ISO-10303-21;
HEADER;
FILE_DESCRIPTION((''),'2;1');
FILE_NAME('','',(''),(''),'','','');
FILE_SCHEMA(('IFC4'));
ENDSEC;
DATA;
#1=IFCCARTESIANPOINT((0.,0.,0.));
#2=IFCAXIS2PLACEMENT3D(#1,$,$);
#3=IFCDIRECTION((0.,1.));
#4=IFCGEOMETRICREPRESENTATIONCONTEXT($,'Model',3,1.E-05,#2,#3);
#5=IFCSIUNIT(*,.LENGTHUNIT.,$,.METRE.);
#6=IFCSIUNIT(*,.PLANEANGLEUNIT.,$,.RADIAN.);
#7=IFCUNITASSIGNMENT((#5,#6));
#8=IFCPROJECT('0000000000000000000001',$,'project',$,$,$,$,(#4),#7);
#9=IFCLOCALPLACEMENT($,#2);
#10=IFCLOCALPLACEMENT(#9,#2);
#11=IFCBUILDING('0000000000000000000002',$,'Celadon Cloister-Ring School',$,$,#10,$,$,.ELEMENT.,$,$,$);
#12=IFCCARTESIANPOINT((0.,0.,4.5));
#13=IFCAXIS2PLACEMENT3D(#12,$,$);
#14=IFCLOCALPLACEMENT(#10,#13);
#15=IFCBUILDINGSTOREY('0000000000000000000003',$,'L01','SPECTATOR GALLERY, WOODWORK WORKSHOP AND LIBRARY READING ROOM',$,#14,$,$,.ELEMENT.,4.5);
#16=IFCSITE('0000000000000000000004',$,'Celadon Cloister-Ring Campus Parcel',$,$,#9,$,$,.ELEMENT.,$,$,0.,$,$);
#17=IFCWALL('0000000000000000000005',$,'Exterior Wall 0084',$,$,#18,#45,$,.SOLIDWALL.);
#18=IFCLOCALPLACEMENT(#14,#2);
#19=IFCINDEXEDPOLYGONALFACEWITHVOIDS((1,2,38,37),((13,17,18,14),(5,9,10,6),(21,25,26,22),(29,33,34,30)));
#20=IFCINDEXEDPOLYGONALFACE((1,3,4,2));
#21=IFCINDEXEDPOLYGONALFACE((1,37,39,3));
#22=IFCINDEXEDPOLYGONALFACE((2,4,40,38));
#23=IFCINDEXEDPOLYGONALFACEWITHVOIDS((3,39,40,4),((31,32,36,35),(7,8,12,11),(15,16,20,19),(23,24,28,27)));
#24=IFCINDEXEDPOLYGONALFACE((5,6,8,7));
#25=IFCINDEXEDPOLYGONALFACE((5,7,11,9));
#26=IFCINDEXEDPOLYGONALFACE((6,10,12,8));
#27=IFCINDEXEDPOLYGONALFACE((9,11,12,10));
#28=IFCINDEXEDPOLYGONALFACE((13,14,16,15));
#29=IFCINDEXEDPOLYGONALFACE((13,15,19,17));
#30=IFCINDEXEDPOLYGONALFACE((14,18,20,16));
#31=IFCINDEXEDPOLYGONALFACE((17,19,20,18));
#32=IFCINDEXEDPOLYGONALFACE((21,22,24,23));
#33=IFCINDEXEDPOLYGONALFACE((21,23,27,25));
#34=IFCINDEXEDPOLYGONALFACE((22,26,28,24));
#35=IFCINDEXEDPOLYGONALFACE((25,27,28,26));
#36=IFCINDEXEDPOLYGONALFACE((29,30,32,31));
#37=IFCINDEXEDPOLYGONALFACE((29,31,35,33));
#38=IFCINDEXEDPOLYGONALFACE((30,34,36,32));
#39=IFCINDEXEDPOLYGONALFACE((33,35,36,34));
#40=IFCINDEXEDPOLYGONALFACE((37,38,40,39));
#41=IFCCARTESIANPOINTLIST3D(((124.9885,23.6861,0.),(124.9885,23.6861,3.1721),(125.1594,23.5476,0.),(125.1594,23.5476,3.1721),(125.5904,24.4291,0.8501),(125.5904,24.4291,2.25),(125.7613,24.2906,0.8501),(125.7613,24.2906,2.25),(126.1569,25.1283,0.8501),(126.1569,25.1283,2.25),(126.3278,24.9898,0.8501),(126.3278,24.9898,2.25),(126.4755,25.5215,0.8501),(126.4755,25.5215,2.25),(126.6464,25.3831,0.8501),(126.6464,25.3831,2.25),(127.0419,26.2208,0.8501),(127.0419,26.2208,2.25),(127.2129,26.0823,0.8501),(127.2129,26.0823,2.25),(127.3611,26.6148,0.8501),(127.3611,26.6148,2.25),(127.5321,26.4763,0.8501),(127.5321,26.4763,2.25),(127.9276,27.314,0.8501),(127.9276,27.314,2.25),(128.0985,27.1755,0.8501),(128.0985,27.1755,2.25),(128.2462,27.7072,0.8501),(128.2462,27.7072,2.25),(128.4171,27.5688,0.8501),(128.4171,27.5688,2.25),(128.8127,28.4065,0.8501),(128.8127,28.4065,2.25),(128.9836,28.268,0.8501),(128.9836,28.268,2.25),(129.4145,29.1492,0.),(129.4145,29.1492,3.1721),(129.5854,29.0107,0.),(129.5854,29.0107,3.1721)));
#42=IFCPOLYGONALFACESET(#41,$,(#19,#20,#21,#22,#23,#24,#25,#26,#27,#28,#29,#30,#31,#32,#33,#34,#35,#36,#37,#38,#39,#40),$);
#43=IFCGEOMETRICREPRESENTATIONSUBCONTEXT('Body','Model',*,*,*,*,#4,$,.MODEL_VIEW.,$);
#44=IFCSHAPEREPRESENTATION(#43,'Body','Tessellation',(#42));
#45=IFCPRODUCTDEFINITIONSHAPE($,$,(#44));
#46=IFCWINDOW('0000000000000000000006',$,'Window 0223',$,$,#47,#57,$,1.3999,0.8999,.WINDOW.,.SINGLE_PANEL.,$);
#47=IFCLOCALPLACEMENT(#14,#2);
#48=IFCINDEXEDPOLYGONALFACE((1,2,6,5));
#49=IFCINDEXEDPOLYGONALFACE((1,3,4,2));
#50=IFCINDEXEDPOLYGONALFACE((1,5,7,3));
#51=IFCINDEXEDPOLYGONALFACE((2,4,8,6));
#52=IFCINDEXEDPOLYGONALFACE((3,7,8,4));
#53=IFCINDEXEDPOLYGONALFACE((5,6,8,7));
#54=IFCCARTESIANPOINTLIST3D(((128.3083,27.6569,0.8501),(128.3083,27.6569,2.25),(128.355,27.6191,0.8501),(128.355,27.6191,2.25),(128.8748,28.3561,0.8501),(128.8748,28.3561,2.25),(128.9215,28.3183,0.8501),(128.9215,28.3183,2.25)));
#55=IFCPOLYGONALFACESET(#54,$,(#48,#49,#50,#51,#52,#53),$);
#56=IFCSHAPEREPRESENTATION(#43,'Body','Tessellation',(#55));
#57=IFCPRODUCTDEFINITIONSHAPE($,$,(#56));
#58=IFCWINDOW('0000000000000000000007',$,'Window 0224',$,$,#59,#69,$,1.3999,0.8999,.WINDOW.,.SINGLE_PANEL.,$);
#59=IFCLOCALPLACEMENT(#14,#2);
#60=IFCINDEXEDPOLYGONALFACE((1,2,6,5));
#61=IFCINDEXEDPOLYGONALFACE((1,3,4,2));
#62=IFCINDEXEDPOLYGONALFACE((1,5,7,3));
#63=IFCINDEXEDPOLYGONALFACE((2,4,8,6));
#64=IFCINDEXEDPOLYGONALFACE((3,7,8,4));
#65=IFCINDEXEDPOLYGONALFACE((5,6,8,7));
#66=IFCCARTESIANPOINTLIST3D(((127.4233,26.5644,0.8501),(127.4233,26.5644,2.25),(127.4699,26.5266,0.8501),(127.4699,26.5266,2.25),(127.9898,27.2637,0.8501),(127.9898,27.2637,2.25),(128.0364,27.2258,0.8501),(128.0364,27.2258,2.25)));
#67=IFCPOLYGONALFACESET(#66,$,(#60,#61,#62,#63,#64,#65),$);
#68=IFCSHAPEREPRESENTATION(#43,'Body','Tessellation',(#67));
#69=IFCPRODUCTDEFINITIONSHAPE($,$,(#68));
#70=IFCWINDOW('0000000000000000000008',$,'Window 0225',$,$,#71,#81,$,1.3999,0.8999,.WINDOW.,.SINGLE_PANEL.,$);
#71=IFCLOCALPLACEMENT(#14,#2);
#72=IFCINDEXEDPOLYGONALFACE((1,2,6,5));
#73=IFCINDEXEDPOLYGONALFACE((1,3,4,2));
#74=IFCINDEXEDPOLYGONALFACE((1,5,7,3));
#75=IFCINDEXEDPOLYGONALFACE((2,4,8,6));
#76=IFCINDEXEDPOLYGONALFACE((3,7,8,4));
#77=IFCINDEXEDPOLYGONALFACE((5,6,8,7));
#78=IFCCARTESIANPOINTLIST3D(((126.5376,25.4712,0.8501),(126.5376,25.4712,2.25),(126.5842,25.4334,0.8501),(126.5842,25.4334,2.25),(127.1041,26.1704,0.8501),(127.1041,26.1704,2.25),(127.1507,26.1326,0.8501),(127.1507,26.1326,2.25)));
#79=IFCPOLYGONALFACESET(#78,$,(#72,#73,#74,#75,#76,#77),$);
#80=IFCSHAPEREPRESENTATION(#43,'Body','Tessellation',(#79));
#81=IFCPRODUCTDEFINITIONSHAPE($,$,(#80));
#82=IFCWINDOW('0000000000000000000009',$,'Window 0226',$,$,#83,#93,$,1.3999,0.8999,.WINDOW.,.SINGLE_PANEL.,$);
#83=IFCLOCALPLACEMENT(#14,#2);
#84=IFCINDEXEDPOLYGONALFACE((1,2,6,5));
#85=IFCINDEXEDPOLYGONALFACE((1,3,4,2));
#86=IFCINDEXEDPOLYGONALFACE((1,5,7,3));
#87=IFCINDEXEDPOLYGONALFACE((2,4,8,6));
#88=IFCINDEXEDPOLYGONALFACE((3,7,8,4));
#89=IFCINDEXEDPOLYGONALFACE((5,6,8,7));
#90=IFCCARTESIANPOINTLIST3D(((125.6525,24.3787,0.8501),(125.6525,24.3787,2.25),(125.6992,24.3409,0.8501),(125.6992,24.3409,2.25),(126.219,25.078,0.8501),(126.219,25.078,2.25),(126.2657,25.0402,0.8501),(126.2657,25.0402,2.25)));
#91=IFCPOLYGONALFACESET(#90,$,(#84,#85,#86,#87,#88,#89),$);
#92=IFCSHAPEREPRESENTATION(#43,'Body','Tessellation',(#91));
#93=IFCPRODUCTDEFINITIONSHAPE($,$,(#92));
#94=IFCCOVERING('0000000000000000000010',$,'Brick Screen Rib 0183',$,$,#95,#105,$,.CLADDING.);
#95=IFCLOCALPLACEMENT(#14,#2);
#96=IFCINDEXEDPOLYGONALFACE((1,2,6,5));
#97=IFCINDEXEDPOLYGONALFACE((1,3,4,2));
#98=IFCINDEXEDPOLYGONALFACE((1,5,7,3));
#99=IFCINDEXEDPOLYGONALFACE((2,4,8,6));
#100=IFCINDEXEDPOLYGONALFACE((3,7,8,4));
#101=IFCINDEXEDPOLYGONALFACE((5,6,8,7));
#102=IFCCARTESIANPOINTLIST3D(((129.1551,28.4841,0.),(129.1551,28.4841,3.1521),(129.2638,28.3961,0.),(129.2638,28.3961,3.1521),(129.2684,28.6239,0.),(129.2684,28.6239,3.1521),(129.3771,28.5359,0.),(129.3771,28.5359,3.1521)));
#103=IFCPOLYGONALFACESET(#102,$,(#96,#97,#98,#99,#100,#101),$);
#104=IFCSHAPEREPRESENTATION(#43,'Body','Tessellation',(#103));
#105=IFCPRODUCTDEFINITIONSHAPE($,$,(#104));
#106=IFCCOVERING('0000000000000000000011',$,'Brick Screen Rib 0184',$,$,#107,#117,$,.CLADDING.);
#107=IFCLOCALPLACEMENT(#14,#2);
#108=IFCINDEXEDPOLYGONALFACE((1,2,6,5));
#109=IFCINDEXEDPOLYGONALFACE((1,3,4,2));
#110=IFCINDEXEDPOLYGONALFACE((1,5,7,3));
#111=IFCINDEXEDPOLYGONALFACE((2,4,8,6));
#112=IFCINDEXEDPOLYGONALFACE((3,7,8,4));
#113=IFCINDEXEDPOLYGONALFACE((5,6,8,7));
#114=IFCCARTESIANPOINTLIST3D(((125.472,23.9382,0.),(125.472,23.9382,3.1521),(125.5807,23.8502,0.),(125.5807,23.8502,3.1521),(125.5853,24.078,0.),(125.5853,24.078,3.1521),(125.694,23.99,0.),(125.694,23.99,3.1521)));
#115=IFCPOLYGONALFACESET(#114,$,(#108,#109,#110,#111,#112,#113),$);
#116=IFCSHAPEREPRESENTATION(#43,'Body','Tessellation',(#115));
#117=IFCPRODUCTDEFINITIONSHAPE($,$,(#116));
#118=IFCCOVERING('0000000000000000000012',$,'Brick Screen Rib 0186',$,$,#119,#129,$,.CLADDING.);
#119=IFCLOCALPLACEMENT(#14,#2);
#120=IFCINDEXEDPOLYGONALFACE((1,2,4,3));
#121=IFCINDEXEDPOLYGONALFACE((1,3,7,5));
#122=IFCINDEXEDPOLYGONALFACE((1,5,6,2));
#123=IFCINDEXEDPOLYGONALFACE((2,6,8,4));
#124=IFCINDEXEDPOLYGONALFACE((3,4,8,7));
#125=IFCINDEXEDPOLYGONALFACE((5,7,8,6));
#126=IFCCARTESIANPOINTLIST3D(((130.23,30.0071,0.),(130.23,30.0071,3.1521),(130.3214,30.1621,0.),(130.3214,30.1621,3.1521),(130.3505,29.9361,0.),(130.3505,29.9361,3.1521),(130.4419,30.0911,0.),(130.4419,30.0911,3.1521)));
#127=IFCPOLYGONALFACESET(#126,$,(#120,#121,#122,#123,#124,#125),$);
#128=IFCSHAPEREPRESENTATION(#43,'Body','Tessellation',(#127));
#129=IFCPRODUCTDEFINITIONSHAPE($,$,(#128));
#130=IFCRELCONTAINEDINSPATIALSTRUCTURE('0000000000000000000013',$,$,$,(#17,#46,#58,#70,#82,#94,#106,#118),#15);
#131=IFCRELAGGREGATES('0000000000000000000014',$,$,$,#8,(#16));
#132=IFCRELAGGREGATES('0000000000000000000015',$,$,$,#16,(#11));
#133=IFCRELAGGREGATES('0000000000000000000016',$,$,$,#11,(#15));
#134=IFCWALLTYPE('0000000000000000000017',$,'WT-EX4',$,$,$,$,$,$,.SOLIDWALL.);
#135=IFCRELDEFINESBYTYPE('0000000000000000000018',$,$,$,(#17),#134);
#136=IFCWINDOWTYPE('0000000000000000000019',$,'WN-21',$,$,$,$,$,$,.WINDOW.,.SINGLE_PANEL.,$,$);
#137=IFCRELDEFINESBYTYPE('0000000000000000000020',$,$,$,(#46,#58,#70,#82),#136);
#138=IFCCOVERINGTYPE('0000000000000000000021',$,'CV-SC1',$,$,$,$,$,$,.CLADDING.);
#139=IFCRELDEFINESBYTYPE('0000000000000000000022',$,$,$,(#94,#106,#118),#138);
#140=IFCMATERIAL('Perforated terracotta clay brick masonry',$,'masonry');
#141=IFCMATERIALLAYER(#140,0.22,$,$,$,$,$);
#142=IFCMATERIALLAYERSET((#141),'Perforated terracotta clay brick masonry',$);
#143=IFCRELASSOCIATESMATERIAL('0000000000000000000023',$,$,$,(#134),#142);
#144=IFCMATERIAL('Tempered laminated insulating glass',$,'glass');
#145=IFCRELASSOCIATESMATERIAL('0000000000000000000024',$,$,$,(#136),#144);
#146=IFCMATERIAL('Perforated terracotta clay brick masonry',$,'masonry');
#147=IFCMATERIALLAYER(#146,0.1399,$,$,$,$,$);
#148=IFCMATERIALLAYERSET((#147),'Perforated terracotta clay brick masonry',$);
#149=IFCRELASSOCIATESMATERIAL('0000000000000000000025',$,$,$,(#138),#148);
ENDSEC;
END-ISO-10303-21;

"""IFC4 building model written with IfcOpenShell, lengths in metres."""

from ifc_helpers import new_model, si_unit, direction, frame, frame_2d, origin, origin_2d, place, context, subcontext, project, spatial, rectangle, extrude, material, layer, layer_set, type_object, element, fill, save


model = new_model("IFC4")

# Units and contexts
model_context = context("Model", 3, precision=1e-05, world=origin(), true_north=direction((0.0, 1.0)))
body_context = subcontext(model_context, "Body", "Model", "MODEL_VIEW")
ifc_project = project(units=[si_unit("LENGTHUNIT", "METRE"), si_unit("PLANEANGLEUNIT", "RADIAN")], contexts=[model_context])

# Site, building, storey
site_placement = place(None, origin())
site = spatial("IfcSite", under=ifc_project, at=site_placement, Name="Celadon Cloister-Ring Campus Parcel", CompositionType="ELEMENT", RefElevation=0.0)
building_placement = place(site_placement, origin())
building = spatial("IfcBuilding", under=site, at=building_placement, Name="Celadon Cloister-Ring School", CompositionType="ELEMENT")
storey_placement = place(building_placement, frame((0.0, 0.0, 4.5)))
storey = spatial("IfcBuildingStorey", under=building, at=storey_placement, Name="L01", Description="SPECTATOR GALLERY, WOODWORK WORKSHOP AND LIBRARY READING ROOM", CompositionType="ELEMENT", Elevation=4.5)

# Wall, openings, windows
ifc_material_1 = material(Name="Perforated terracotta clay brick masonry", Category="masonry")
ifc_layer_1 = layer(ifc_material_1, 0.22)
ifc_layer_set_1 = layer_set([ifc_layer_1], Name="Perforated terracotta clay brick masonry")
wall_type = type_object("IfcWallType", Name="WT-EX4", PredefinedType="SOLIDWALL", material=ifc_layer_set_1)
wall_placement = place(storey_placement, frame((129.5, 29.0801, 0.0), z_axis=(0.0, 0.0, 1.0), x_axis=(-0.629498, -0.777002, 0.0)))
wall = element("IfcWall", 1, at=wall_placement, inside=storey, type_object=wall_type, Name="Exterior Wall 0084", PredefinedType="SOLIDWALL", context=body_context, shape_type="SweptSolid", body=[
    extrude(rectangle(XDim=7.031, YDim=0.22, at=frame_2d((3.5156, 0.0))), origin(), (0.0, 0.0, 1.0), 3.1721),
])
opening_1_placement = place(wall_placement, frame((0.9561, 0.0, 0.8501)))
opening_1 = element("IfcOpeningElement", 2, at=opening_1_placement, cuts=wall, PredefinedType="OPENING", context=body_context, shape_type="SweptSolid", body=[
    extrude(rectangle(XDim=0.8999, YDim=1.3999, at=frame_2d((0.45, 0.7))), frame((0.0, 0.1201, 0.0), z_axis=(0.0, -1.0, 0.0), x_axis=(1.0, 0.0, 0.0)), (0.0, 0.0, 1.0), 0.24),
])
opening_2_placement = place(wall_placement, frame((2.3621, 0.0, 0.8501)))
opening_2 = element("IfcOpeningElement", 3, at=opening_2_placement, cuts=wall, PredefinedType="OPENING", context=body_context, shape_type="SweptSolid", body=[
    extrude(rectangle(XDim=0.8999, YDim=1.3999, at=frame_2d((0.45, 0.7))), frame((0.0, 0.1201, 0.0), z_axis=(0.0, -1.0, 0.0), x_axis=(1.0, 0.0, 0.0)), (0.0, 0.0, 1.0), 0.24),
])
opening_3_placement = place(wall_placement, frame((3.769, 0.0, 0.8501)))
opening_3 = element("IfcOpeningElement", 4, at=opening_3_placement, cuts=wall, PredefinedType="OPENING", context=body_context, shape_type="SweptSolid", body=[
    extrude(rectangle(XDim=0.8999, YDim=1.3999, at=frame_2d((0.45, 0.7))), frame((0.0, 0.1201, 0.0), z_axis=(0.0, -1.0, 0.0), x_axis=(1.0, 0.0, 0.0)), (0.0, 0.0, 1.0), 0.24),
])
opening_4_placement = place(wall_placement, frame((5.175, 0.0, 0.8501)))
opening_4 = element("IfcOpeningElement", 5, at=opening_4_placement, cuts=wall, PredefinedType="OPENING", context=body_context, shape_type="SweptSolid", body=[
    extrude(rectangle(XDim=0.8999, YDim=1.3999, at=frame_2d((0.45, 0.7))), frame((0.0, 0.1201, 0.0), z_axis=(0.0, -1.0, 0.0), x_axis=(1.0, 0.0, 0.0)), (0.0, 0.0, 1.0), 0.24),
])
ifc_material_2 = material(Name="Tempered laminated insulating glass", Category="glass")
window_type = type_object("IfcWindowType", Name="WN-21", PartitioningType="SINGLE_PANEL", PredefinedType="WINDOW", material=ifc_material_2)
window_1_placement = place(opening_1_placement, origin())
window_1 = element("IfcWindow", 6, at=window_1_placement, inside=storey, type_object=window_type, Name="Window 0223", OverallHeight=1.3999, OverallWidth=0.8999, PartitioningType="SINGLE_PANEL", PredefinedType="WINDOW", context=body_context, shape_type="SweptSolid", body=[
    extrude(rectangle(XDim=0.8999, YDim=1.3999, at=frame_2d((0.45, 0.7))), frame((0.0, 0.03, 0.0), z_axis=(0.0, -1.0, 0.0), x_axis=(1.0, 0.0, 0.0)), (0.0, 0.0, 1.0), 0.0601),
])
fill(opening_1, window_1)
window_2_placement = place(opening_2_placement, origin())
window_2 = element("IfcWindow", 7, at=window_2_placement, inside=storey, type_object=window_type, Name="Window 0224", OverallHeight=1.3999, OverallWidth=0.8999, PartitioningType="SINGLE_PANEL", PredefinedType="WINDOW", context=body_context, shape_type="SweptSolid", body=[
    extrude(rectangle(XDim=0.8999, YDim=1.3999, at=frame_2d((0.45, 0.7))), frame((0.0, 0.03, 0.0), z_axis=(0.0, -1.0, 0.0), x_axis=(1.0, 0.0, 0.0)), (0.0, 0.0, 1.0), 0.0601),
])
fill(opening_2, window_2)
window_3_placement = place(opening_3_placement, origin())
window_3 = element("IfcWindow", 8, at=window_3_placement, inside=storey, type_object=window_type, Name="Window 0225", OverallHeight=1.3999, OverallWidth=0.8999, PartitioningType="SINGLE_PANEL", PredefinedType="WINDOW", context=body_context, shape_type="SweptSolid", body=[
    extrude(rectangle(XDim=0.8999, YDim=1.3999, at=frame_2d((0.45, 0.7))), frame((0.0, 0.03, 0.0), z_axis=(0.0, -1.0, 0.0), x_axis=(1.0, 0.0, 0.0)), (0.0, 0.0, 1.0), 0.0601),
])
fill(opening_3, window_3)
window_4_placement = place(opening_4_placement, origin())
window_4 = element("IfcWindow", 9, at=window_4_placement, inside=storey, type_object=window_type, Name="Window 0226", OverallHeight=1.3999, OverallWidth=0.8999, PartitioningType="SINGLE_PANEL", PredefinedType="WINDOW", context=body_context, shape_type="SweptSolid", body=[
    extrude(rectangle(XDim=0.8999, YDim=1.3999, at=frame_2d((0.45, 0.7))), frame((0.0, 0.03, 0.0), z_axis=(0.0, -1.0, 0.0), x_axis=(1.0, 0.0, 0.0)), (0.0, 0.0, 1.0), 0.0601),
])
fill(opening_4, window_4)

# Coverings
ifc_material_3 = material(Name="Perforated terracotta clay brick masonry", Category="masonry")
ifc_layer_2 = layer(ifc_material_3, 0.1399)
ifc_layer_set_2 = layer_set([ifc_layer_2], Name="Perforated terracotta clay brick masonry")
covering_type = type_object("IfcCoveringType", Name="CV-SC1", PredefinedType="CLADDING", material=ifc_layer_set_2)
for number, where, z_axis, x_axis, name in (
    (10, (129.2661, 28.51, 0.0), (0.0, 0.0, 1.0), (-0.62951, -0.776992, 0.0), "Brick Screen Rib 0183"),
    (11, (125.583, 23.9641, 0.0), (0.0, 0.0, 1.0), (-0.62951, -0.776992, 0.0), "Brick Screen Rib 0184"),
    (12, (130.3359, 30.0491, 0.0), (0.0, 0.0, 1.0), (-0.507809, -0.86147, 0.0), "Brick Screen Rib 0186"),
):
    element("IfcCovering", number, at=place(storey_placement, frame(where, z_axis=z_axis, x_axis=x_axis)), inside=storey, type_object=covering_type, Name=name, PredefinedType="CLADDING", context=body_context, shape_type="SweptSolid", body=[
        extrude(rectangle(XDim=0.1799, YDim=0.1399, at=origin_2d()), origin(), (0.0, 0.0, 1.0), 3.1521),
    ])

save(model, "model.ifc")
